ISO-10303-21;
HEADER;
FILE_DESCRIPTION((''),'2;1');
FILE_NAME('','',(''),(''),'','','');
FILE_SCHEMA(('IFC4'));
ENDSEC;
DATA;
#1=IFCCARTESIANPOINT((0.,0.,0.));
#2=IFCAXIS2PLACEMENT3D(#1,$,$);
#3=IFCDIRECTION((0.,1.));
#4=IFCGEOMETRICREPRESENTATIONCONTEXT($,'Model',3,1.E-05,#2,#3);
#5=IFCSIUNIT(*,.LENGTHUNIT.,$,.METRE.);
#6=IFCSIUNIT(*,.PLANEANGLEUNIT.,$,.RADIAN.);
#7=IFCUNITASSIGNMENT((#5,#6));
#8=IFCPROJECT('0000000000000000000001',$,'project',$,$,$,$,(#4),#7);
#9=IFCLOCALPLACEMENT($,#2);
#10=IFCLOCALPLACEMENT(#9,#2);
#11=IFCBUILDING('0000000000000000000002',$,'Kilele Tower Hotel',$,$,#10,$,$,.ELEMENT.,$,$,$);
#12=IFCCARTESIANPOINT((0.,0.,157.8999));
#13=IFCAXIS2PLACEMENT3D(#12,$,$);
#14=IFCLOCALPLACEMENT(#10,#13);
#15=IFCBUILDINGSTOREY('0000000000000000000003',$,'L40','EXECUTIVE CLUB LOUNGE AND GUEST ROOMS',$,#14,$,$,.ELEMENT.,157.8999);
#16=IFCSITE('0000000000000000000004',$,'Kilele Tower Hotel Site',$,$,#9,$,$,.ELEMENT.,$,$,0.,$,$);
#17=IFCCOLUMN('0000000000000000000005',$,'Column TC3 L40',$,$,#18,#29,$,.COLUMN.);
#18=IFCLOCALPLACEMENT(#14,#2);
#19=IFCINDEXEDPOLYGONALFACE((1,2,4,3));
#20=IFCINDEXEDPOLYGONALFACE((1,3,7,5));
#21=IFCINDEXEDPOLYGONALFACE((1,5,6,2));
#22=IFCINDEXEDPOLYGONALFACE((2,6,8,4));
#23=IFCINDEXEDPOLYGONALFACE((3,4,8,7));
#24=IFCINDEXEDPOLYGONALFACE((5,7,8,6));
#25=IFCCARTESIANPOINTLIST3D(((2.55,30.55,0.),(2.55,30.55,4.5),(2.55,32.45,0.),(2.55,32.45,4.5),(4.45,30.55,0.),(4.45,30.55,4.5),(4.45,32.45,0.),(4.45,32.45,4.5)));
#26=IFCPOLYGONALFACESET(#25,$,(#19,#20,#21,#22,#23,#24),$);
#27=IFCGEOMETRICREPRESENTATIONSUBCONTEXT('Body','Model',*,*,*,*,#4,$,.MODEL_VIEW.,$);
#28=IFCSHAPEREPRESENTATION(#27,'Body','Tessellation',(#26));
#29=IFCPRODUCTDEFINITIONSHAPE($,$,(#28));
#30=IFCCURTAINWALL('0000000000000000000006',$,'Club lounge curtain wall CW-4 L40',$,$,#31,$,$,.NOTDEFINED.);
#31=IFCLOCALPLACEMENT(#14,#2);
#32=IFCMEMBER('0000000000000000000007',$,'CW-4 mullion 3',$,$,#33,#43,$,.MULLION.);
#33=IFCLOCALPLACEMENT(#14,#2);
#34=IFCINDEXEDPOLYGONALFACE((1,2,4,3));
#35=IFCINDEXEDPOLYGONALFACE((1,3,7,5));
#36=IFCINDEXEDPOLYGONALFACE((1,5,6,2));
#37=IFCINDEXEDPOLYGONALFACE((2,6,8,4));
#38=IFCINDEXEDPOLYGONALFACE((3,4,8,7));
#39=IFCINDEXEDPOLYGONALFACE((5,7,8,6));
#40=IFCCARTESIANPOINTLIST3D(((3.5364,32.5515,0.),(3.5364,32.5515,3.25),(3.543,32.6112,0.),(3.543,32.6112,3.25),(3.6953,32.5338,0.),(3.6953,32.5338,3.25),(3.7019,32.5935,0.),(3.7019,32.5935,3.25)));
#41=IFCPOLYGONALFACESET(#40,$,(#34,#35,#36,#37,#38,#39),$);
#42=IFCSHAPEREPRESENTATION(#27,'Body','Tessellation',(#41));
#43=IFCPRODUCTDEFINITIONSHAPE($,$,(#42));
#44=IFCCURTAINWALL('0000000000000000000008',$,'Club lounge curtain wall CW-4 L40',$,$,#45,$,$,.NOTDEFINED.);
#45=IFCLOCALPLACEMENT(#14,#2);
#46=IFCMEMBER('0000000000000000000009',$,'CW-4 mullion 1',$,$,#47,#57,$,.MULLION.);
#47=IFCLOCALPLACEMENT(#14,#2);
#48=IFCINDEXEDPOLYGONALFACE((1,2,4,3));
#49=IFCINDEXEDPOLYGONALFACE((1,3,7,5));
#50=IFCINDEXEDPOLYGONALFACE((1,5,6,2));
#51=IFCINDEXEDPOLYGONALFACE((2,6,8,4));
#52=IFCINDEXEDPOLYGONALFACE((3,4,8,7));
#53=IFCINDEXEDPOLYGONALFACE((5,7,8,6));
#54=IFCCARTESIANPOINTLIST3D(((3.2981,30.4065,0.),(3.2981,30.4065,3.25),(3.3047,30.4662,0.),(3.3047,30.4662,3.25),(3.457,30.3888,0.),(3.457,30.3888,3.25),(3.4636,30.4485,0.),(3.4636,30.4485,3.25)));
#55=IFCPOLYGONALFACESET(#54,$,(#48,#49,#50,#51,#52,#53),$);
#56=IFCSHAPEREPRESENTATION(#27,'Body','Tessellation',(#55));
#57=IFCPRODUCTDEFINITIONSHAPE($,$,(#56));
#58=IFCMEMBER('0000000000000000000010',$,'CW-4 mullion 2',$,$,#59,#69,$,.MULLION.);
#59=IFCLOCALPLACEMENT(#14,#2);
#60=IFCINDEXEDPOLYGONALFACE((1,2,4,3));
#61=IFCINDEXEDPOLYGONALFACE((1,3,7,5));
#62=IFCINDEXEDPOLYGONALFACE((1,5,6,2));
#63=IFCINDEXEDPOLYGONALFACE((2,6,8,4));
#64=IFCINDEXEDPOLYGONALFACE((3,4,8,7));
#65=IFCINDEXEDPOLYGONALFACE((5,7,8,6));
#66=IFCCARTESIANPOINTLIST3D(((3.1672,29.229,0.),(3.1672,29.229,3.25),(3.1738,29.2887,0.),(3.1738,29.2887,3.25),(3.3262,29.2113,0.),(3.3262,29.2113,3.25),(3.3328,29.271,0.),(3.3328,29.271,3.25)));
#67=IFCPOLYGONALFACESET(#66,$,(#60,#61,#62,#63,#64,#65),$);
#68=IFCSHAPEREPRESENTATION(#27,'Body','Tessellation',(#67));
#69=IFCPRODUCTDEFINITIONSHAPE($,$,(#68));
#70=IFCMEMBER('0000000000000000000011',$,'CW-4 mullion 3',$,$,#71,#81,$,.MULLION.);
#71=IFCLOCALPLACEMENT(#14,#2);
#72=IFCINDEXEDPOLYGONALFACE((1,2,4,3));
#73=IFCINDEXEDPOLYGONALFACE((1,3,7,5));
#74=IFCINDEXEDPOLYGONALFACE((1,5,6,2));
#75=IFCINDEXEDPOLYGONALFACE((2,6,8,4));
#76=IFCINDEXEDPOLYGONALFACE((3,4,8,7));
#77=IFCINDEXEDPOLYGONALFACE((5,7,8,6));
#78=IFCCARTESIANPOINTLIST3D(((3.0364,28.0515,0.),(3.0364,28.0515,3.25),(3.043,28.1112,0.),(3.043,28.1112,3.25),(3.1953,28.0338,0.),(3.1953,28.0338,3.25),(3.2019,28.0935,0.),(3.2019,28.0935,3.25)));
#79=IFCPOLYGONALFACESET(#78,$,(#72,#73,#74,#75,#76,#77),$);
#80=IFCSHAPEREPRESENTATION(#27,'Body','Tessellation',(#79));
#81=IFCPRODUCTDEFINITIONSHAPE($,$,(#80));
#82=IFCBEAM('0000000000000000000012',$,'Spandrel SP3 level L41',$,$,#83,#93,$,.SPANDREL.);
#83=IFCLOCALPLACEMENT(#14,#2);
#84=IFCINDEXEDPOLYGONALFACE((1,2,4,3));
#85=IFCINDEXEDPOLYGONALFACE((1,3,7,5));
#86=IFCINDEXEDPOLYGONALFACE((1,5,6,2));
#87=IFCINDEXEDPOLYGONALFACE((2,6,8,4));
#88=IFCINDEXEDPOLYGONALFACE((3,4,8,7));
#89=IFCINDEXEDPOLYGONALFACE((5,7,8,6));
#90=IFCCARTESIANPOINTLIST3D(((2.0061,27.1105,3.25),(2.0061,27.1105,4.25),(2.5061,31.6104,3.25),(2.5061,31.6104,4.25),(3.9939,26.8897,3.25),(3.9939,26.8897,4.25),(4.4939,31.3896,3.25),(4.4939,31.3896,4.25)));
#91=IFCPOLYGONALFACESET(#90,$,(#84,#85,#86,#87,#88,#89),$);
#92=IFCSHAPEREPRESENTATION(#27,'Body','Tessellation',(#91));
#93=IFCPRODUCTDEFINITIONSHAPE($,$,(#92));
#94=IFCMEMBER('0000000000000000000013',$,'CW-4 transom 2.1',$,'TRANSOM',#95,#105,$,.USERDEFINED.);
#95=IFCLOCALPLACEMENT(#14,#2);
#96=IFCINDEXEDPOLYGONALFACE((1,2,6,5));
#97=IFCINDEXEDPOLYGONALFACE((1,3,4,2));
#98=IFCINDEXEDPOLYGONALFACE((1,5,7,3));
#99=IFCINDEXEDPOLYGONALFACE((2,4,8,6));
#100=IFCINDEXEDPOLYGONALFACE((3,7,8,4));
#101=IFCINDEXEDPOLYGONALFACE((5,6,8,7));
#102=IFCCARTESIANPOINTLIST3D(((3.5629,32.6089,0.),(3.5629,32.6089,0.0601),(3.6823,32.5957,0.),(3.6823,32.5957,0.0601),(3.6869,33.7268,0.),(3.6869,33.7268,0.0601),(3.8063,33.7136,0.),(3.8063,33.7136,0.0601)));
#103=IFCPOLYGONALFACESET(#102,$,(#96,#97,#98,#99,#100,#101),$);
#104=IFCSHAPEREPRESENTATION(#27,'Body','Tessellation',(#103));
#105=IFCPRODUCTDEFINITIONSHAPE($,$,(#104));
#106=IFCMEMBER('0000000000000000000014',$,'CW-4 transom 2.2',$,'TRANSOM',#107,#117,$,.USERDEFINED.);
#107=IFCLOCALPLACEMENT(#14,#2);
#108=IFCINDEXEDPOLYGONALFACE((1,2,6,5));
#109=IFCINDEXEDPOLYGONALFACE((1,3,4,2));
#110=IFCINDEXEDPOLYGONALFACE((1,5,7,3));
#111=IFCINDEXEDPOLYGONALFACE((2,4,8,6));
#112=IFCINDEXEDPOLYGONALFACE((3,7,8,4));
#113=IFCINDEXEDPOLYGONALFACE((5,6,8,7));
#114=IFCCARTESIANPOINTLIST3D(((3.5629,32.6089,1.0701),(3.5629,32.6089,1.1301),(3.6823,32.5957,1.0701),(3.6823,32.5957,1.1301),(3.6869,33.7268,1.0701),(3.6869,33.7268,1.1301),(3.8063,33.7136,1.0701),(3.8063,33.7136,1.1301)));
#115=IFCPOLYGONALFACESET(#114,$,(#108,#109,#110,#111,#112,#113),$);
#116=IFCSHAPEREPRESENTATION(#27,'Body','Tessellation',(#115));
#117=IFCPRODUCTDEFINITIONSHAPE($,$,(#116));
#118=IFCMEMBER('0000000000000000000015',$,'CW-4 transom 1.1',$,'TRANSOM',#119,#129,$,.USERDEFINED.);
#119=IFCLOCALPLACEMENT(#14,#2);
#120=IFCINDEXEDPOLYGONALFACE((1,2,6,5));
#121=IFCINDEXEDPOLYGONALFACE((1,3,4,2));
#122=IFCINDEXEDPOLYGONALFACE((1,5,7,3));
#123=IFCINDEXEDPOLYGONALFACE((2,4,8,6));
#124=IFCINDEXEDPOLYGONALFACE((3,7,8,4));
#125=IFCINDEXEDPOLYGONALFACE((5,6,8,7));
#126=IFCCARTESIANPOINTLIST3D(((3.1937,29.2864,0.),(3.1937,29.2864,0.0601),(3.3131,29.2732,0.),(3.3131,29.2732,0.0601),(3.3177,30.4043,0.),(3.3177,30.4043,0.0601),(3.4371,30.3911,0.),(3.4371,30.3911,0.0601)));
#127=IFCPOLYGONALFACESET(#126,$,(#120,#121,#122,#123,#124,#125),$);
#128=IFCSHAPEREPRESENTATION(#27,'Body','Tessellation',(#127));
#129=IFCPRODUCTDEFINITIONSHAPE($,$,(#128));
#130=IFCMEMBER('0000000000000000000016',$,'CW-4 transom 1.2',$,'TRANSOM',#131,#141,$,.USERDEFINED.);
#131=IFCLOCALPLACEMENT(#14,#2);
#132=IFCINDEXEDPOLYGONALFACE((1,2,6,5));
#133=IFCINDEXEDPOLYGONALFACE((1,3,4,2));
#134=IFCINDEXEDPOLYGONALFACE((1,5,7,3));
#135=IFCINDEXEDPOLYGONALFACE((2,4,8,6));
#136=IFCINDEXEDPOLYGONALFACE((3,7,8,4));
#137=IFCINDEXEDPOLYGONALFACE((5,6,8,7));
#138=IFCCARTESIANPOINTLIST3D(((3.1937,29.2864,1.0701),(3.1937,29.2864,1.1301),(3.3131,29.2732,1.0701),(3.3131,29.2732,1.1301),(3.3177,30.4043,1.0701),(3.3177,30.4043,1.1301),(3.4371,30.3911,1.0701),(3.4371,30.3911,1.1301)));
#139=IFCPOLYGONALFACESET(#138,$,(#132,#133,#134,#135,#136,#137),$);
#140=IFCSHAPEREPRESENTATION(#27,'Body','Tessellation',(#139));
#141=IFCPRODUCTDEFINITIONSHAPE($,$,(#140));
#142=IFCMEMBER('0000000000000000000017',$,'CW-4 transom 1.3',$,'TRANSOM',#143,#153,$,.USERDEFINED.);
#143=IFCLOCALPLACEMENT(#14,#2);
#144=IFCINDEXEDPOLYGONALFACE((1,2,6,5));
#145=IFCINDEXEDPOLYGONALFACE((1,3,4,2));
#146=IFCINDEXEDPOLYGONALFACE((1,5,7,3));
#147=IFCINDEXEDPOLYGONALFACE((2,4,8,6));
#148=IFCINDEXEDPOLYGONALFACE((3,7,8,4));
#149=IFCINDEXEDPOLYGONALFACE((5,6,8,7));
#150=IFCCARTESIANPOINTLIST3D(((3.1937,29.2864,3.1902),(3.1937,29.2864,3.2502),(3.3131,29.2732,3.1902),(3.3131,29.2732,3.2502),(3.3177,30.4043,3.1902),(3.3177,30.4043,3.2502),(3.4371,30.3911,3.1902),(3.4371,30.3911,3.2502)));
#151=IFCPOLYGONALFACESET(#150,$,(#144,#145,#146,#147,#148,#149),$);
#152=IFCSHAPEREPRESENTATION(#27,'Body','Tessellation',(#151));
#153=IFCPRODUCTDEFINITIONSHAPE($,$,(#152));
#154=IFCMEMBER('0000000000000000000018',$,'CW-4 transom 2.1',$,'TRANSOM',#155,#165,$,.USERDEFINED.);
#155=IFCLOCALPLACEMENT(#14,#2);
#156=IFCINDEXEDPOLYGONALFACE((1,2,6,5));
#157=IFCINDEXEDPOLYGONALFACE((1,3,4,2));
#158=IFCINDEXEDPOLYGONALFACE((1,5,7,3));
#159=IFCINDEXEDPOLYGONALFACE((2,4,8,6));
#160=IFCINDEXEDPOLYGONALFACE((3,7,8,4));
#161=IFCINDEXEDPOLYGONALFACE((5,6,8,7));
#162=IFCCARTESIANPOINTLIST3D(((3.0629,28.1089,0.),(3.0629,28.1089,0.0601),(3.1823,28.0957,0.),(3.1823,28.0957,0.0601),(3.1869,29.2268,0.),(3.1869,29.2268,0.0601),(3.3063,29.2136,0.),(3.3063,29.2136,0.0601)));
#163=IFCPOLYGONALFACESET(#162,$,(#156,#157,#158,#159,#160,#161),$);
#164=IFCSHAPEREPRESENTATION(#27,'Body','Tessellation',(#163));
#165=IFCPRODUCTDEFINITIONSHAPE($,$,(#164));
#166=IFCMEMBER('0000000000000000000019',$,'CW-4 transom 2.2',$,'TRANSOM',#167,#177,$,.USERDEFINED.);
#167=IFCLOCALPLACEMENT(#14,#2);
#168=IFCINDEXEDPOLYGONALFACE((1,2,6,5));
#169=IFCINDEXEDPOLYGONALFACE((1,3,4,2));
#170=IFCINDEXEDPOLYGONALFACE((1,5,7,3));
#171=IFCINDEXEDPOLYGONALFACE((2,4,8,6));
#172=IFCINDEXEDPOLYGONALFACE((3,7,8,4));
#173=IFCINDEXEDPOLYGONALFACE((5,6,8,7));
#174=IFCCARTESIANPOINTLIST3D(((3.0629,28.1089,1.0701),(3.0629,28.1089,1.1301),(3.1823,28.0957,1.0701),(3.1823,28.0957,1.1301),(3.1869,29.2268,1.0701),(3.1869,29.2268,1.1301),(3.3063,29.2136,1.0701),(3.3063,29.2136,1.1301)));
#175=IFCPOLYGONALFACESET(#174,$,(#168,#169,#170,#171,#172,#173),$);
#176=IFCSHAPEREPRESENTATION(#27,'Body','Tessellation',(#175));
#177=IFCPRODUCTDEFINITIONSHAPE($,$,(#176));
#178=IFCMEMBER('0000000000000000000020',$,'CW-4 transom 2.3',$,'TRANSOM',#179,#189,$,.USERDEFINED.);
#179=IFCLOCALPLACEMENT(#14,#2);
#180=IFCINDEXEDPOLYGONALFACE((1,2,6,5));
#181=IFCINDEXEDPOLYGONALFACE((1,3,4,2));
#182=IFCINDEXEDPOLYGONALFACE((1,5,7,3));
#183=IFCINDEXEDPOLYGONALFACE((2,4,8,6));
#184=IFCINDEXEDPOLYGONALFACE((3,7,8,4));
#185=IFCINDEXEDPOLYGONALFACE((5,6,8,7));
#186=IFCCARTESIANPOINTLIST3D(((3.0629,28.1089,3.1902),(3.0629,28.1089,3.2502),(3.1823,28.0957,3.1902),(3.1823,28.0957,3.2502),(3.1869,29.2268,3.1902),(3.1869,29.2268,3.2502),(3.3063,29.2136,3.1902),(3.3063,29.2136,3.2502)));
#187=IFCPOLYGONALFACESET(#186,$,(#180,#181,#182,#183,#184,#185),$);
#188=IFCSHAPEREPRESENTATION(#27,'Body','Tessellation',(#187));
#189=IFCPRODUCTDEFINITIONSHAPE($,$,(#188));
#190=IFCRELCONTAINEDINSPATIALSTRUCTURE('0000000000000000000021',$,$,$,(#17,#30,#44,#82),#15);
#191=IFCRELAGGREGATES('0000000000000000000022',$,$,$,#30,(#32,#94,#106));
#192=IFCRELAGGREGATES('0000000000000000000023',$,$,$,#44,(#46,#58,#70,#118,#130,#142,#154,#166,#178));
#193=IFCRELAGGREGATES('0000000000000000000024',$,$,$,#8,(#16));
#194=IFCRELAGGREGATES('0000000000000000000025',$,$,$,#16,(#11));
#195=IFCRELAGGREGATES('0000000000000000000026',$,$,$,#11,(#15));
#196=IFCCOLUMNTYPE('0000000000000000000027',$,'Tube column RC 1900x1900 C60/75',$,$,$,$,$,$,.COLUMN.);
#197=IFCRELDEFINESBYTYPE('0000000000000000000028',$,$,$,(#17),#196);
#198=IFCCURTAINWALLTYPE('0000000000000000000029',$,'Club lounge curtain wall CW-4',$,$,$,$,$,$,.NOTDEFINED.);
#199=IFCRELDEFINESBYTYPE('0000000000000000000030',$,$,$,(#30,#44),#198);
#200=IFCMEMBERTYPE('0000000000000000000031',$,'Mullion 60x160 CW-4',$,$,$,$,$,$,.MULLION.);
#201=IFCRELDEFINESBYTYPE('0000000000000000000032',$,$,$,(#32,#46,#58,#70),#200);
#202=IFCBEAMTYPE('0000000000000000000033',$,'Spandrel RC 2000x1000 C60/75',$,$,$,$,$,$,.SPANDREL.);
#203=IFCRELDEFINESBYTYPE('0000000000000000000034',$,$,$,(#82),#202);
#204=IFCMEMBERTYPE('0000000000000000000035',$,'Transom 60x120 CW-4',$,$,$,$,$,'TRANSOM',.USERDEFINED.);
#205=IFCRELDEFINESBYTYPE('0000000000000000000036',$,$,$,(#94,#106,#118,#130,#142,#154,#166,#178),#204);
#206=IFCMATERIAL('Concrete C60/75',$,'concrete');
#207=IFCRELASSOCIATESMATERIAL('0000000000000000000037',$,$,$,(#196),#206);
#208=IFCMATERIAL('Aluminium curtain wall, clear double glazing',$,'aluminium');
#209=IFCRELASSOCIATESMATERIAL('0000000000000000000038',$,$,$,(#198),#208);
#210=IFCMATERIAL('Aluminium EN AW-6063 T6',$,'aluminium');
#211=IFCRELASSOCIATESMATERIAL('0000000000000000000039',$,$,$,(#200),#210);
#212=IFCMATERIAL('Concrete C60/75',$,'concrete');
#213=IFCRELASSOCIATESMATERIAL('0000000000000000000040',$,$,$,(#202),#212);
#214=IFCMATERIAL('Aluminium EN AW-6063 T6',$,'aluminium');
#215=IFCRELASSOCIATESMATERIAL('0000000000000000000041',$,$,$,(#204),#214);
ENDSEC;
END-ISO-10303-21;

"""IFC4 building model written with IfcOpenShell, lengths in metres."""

from ifc_helpers import new_model, si_unit, direction, frame, origin, origin_2d, place, context, subcontext, project, spatial, rectangle, extrude, material, material_profile, profile_set, type_object, element, aggregate, save


model = new_model("IFC4")

# Units and contexts
model_context = context("Model", 3, precision=1e-05, world=origin(), true_north=direction((0.0, 1.0)))
body_context = subcontext(model_context, "Body", "Model", "MODEL_VIEW")
ifc_project = project(units=[si_unit("LENGTHUNIT", "METRE"), si_unit("PLANEANGLEUNIT", "RADIAN")], contexts=[model_context])

# Site, building, storey
site_placement = place(None, origin())
site = spatial("IfcSite", under=ifc_project, at=site_placement, Name="Kilele Tower Hotel Site", CompositionType="ELEMENT", RefElevation=0.0)
building_placement = place(site_placement, origin())
building = spatial("IfcBuilding", under=site, at=building_placement, Name="Kilele Tower Hotel", CompositionType="ELEMENT")
storey_placement = place(building_placement, frame((0.0, 0.0, 157.8999)))
storey = spatial("IfcBuildingStorey", under=building, at=storey_placement, Name="L40", Description="EXECUTIVE CLUB LOUNGE AND GUEST ROOMS", CompositionType="ELEMENT", Elevation=157.8999)

# Column
ifc_material_1 = material(Name="Concrete C60/75", Category="concrete")
ifc_material_profile_1 = material_profile(ifc_material_1, rectangle(XDim=1.8999, YDim=1.8999, at=origin_2d()))
ifc_profile_set_1 = profile_set([ifc_material_profile_1], Name="Concrete C60/75")
column_type = type_object("IfcColumnType", Name="Tube column RC 1900x1900 C60/75", PredefinedType="COLUMN", material=ifc_profile_set_1)
column_placement = place(storey_placement, frame((3.5, 31.5, 0.0), z_axis=(0.0, 0.0, 1.0), x_axis=(1.0, 0.0, 0.0)))
element("IfcColumn", 1, at=column_placement, inside=storey, type_object=column_type, Name="Column TC3 L40", PredefinedType="COLUMN", context=body_context, shape_type="SweptSolid", body=[
    extrude(rectangle(XDim=1.8999, YDim=1.8999, at=origin_2d()), origin(), (0.0, 0.0, 1.0), 4.5),
])

# Curtain wall, member
ifc_material_2 = material(Name="Aluminium curtain wall, clear double glazing", Category="aluminium")
curtain_wall_type = type_object("IfcCurtainWallType", Name="Club lounge curtain wall CW-4", PredefinedType="NOTDEFINED", material=ifc_material_2)
curtain_wall_1_placement = place(storey_placement, origin())
curtain_wall_1 = element("IfcCurtainWall", 2, at=curtain_wall_1_placement, inside=storey, type_object=curtain_wall_type, Name="Club lounge curtain wall CW-4 L40", PredefinedType="NOTDEFINED")
ifc_material_3 = material(Name="Aluminium EN AW-6063 T6", Category="aluminium")
ifc_material_profile_2 = material_profile(ifc_material_3, rectangle(XDim=0.1599, YDim=0.0601, at=origin_2d()))
ifc_profile_set_2 = profile_set([ifc_material_profile_2], Name="Aluminium EN AW-6063 T6")
member_type_1 = type_object("IfcMemberType", Name="Mullion 60x160 CW-4", PredefinedType="MULLION", material=ifc_profile_set_2)
member_1_placement = place(storey_placement, frame((3.6191, 32.5725, 0.0), z_axis=(0.0, 0.0, 1.0), x_axis=(0.993884, -0.110432, 0.0)))
member_1 = element("IfcMember", 3, at=member_1_placement, type_object=member_type_1, Name="CW-4 mullion 3", PredefinedType="MULLION", context=body_context, shape_type="SweptSolid", body=[
    extrude(rectangle(XDim=0.1599, YDim=0.0601, at=origin_2d()), origin(), (0.0, 0.0, 1.0), 3.25),
])

# Curtain wall, members
curtain_wall_2_placement = place(storey_placement, origin())
curtain_wall_2 = element("IfcCurtainWall", 4, at=curtain_wall_2_placement, inside=storey, type_object=curtain_wall_type, Name="Club lounge curtain wall CW-4 L40", PredefinedType="NOTDEFINED")
member_2_placement = place(storey_placement, frame((3.3809, 30.4275, 0.0), z_axis=(0.0, 0.0, 1.0), x_axis=(0.993884, -0.110432, 0.0)))
member_2 = element("IfcMember", 5, at=member_2_placement, type_object=member_type_1, Name="CW-4 mullion 1", PredefinedType="MULLION", context=body_context, shape_type="SweptSolid", body=[
    extrude(rectangle(XDim=0.1599, YDim=0.0601, at=origin_2d()), origin(), (0.0, 0.0, 1.0), 3.25),
])
member_3_placement = place(storey_placement, frame((3.25, 29.25, 0.0), z_axis=(0.0, 0.0, 1.0), x_axis=(0.993884, -0.110432, 0.0)))
member_3 = element("IfcMember", 6, at=member_3_placement, type_object=member_type_1, Name="CW-4 mullion 2", PredefinedType="MULLION", context=body_context, shape_type="SweptSolid", body=[
    extrude(rectangle(XDim=0.1599, YDim=0.0601, at=origin_2d()), origin(), (0.0, 0.0, 1.0), 3.25),
])
member_4_placement = place(storey_placement, frame((3.1191, 28.0725, 0.0), z_axis=(0.0, 0.0, 1.0), x_axis=(0.993884, -0.110432, 0.0)))
member_4 = element("IfcMember", 7, at=member_4_placement, type_object=member_type_1, Name="CW-4 mullion 3", PredefinedType="MULLION", context=body_context, shape_type="SweptSolid", body=[
    extrude(rectangle(XDim=0.1599, YDim=0.0601, at=origin_2d()), origin(), (0.0, 0.0, 1.0), 3.25),
])

# Beam
ifc_material_4 = material(Name="Concrete C60/75", Category="concrete")
ifc_material_profile_3 = material_profile(ifc_material_4, rectangle(XDim=2.0, YDim=1.0, at=origin_2d()))
ifc_profile_set_3 = profile_set([ifc_material_profile_3], Name="Concrete C60/75")
beam_type = type_object("IfcBeamType", Name="Spandrel RC 2000x1000 C60/75", PredefinedType="SPANDREL", material=ifc_profile_set_3)
beam_placement = place(storey_placement, frame((3.5, 31.5, 3.75), z_axis=(-0.110432, -0.993884, 0.0), x_axis=(0.993884, -0.110432, 0.0)))
element("IfcBeam", 8, at=beam_placement, inside=storey, type_object=beam_type, Name="Spandrel SP3 level L41", PredefinedType="SPANDREL", context=body_context, shape_type="SweptSolid", body=[
    extrude(rectangle(XDim=2.0, YDim=1.0, at=origin_2d()), origin(), (0.0, 0.0, 1.0), 4.5276),
])

# Members
ifc_material_5 = material(Name="Aluminium EN AW-6063 T6", Category="aluminium")
ifc_material_profile_4 = material_profile(ifc_material_5, rectangle(XDim=0.1201, YDim=0.0601, at=origin_2d()))
ifc_profile_set_4 = profile_set([ifc_material_profile_4], Name="Aluminium EN AW-6063 T6")
member_type_2 = type_object("IfcMemberType", Name="Transom 60x120 CW-4", ElementType="TRANSOM", PredefinedType="USERDEFINED", material=ifc_profile_set_4)
member_5_placement = place(storey_placement, frame((3.7466, 33.7202, 0.03), z_axis=(-0.110265, -0.993902, 0.0), x_axis=(0.993902, -0.110265, 0.0)))
member_5 = element("IfcMember", 9, at=member_5_placement, type_object=member_type_2, Name="CW-4 transom 2.1", ObjectType="TRANSOM", PredefinedType="USERDEFINED", context=body_context, shape_type="SweptSolid", body=[
    extrude(rectangle(XDim=0.1201, YDim=0.0601, at=origin_2d()), origin(), (0.0, 0.0, 1.0), 1.1248),
])
member_6_placement = place(storey_placement, frame((3.7466, 33.7202, 1.1001), z_axis=(-0.110265, -0.993902, 0.0), x_axis=(0.993902, -0.110265, 0.0)))
member_6 = element("IfcMember", 10, at=member_6_placement, type_object=member_type_2, Name="CW-4 transom 2.2", ObjectType="TRANSOM", PredefinedType="USERDEFINED", context=body_context, shape_type="SweptSolid", body=[
    extrude(rectangle(XDim=0.1201, YDim=0.0601, at=origin_2d()), origin(), (0.0, 0.0, 1.0), 1.1248),
])
member_7_placement = place(storey_placement, frame((3.3774, 30.3977, 0.03), z_axis=(-0.110265, -0.993902, 0.0), x_axis=(0.993902, -0.110265, 0.0)))
member_7 = element("IfcMember", 11, at=member_7_placement, type_object=member_type_2, Name="CW-4 transom 1.1", ObjectType="TRANSOM", PredefinedType="USERDEFINED", context=body_context, shape_type="SweptSolid", body=[
    extrude(rectangle(XDim=0.1201, YDim=0.0601, at=origin_2d()), origin(), (0.0, 0.0, 1.0), 1.1248),
])
member_8_placement = place(storey_placement, frame((3.3774, 30.3977, 1.1001), z_axis=(-0.110265, -0.993902, 0.0), x_axis=(0.993902, -0.110265, 0.0)))
member_8 = element("IfcMember", 12, at=member_8_placement, type_object=member_type_2, Name="CW-4 transom 1.2", ObjectType="TRANSOM", PredefinedType="USERDEFINED", context=body_context, shape_type="SweptSolid", body=[
    extrude(rectangle(XDim=0.1201, YDim=0.0601, at=origin_2d()), origin(), (0.0, 0.0, 1.0), 1.1248),
])
member_9_placement = place(storey_placement, frame((3.3774, 30.3977, 3.2202), z_axis=(-0.110265, -0.993902, 0.0), x_axis=(0.993902, -0.110265, 0.0)))
member_9 = element("IfcMember", 13, at=member_9_placement, type_object=member_type_2, Name="CW-4 transom 1.3", ObjectType="TRANSOM", PredefinedType="USERDEFINED", context=body_context, shape_type="SweptSolid", body=[
    extrude(rectangle(XDim=0.1201, YDim=0.0601, at=origin_2d()), origin(), (0.0, 0.0, 1.0), 1.1248),
])
member_10_placement = place(storey_placement, frame((3.2466, 29.2202, 0.03), z_axis=(-0.110265, -0.993902, 0.0), x_axis=(0.993902, -0.110265, 0.0)))
member_10 = element("IfcMember", 14, at=member_10_placement, type_object=member_type_2, Name="CW-4 transom 2.1", ObjectType="TRANSOM", PredefinedType="USERDEFINED", context=body_context, shape_type="SweptSolid", body=[
    extrude(rectangle(XDim=0.1201, YDim=0.0601, at=origin_2d()), origin(), (0.0, 0.0, 1.0), 1.1248),
])
member_11_placement = place(storey_placement, frame((3.2466, 29.2202, 1.1001), z_axis=(-0.110265, -0.993902, 0.0), x_axis=(0.993902, -0.110265, 0.0)))
member_11 = element("IfcMember", 15, at=member_11_placement, type_object=member_type_2, Name="CW-4 transom 2.2", ObjectType="TRANSOM", PredefinedType="USERDEFINED", context=body_context, shape_type="SweptSolid", body=[
    extrude(rectangle(XDim=0.1201, YDim=0.0601, at=origin_2d()), origin(), (0.0, 0.0, 1.0), 1.1248),
])
member_12_placement = place(storey_placement, frame((3.2466, 29.2202, 3.2202), z_axis=(-0.110265, -0.993902, 0.0), x_axis=(0.993902, -0.110265, 0.0)))
member_12 = element("IfcMember", 16, at=member_12_placement, type_object=member_type_2, Name="CW-4 transom 2.3", ObjectType="TRANSOM", PredefinedType="USERDEFINED", context=body_context, shape_type="SweptSolid", body=[
    extrude(rectangle(XDim=0.1201, YDim=0.0601, at=origin_2d()), origin(), (0.0, 0.0, 1.0), 1.1248),
])

aggregate(curtain_wall_1, [member_1, member_5, member_6])
aggregate(curtain_wall_2, [member_2, member_3, member_4, member_7, member_8, member_9, member_10, member_11, member_12])

save(model, "model.ifc")
